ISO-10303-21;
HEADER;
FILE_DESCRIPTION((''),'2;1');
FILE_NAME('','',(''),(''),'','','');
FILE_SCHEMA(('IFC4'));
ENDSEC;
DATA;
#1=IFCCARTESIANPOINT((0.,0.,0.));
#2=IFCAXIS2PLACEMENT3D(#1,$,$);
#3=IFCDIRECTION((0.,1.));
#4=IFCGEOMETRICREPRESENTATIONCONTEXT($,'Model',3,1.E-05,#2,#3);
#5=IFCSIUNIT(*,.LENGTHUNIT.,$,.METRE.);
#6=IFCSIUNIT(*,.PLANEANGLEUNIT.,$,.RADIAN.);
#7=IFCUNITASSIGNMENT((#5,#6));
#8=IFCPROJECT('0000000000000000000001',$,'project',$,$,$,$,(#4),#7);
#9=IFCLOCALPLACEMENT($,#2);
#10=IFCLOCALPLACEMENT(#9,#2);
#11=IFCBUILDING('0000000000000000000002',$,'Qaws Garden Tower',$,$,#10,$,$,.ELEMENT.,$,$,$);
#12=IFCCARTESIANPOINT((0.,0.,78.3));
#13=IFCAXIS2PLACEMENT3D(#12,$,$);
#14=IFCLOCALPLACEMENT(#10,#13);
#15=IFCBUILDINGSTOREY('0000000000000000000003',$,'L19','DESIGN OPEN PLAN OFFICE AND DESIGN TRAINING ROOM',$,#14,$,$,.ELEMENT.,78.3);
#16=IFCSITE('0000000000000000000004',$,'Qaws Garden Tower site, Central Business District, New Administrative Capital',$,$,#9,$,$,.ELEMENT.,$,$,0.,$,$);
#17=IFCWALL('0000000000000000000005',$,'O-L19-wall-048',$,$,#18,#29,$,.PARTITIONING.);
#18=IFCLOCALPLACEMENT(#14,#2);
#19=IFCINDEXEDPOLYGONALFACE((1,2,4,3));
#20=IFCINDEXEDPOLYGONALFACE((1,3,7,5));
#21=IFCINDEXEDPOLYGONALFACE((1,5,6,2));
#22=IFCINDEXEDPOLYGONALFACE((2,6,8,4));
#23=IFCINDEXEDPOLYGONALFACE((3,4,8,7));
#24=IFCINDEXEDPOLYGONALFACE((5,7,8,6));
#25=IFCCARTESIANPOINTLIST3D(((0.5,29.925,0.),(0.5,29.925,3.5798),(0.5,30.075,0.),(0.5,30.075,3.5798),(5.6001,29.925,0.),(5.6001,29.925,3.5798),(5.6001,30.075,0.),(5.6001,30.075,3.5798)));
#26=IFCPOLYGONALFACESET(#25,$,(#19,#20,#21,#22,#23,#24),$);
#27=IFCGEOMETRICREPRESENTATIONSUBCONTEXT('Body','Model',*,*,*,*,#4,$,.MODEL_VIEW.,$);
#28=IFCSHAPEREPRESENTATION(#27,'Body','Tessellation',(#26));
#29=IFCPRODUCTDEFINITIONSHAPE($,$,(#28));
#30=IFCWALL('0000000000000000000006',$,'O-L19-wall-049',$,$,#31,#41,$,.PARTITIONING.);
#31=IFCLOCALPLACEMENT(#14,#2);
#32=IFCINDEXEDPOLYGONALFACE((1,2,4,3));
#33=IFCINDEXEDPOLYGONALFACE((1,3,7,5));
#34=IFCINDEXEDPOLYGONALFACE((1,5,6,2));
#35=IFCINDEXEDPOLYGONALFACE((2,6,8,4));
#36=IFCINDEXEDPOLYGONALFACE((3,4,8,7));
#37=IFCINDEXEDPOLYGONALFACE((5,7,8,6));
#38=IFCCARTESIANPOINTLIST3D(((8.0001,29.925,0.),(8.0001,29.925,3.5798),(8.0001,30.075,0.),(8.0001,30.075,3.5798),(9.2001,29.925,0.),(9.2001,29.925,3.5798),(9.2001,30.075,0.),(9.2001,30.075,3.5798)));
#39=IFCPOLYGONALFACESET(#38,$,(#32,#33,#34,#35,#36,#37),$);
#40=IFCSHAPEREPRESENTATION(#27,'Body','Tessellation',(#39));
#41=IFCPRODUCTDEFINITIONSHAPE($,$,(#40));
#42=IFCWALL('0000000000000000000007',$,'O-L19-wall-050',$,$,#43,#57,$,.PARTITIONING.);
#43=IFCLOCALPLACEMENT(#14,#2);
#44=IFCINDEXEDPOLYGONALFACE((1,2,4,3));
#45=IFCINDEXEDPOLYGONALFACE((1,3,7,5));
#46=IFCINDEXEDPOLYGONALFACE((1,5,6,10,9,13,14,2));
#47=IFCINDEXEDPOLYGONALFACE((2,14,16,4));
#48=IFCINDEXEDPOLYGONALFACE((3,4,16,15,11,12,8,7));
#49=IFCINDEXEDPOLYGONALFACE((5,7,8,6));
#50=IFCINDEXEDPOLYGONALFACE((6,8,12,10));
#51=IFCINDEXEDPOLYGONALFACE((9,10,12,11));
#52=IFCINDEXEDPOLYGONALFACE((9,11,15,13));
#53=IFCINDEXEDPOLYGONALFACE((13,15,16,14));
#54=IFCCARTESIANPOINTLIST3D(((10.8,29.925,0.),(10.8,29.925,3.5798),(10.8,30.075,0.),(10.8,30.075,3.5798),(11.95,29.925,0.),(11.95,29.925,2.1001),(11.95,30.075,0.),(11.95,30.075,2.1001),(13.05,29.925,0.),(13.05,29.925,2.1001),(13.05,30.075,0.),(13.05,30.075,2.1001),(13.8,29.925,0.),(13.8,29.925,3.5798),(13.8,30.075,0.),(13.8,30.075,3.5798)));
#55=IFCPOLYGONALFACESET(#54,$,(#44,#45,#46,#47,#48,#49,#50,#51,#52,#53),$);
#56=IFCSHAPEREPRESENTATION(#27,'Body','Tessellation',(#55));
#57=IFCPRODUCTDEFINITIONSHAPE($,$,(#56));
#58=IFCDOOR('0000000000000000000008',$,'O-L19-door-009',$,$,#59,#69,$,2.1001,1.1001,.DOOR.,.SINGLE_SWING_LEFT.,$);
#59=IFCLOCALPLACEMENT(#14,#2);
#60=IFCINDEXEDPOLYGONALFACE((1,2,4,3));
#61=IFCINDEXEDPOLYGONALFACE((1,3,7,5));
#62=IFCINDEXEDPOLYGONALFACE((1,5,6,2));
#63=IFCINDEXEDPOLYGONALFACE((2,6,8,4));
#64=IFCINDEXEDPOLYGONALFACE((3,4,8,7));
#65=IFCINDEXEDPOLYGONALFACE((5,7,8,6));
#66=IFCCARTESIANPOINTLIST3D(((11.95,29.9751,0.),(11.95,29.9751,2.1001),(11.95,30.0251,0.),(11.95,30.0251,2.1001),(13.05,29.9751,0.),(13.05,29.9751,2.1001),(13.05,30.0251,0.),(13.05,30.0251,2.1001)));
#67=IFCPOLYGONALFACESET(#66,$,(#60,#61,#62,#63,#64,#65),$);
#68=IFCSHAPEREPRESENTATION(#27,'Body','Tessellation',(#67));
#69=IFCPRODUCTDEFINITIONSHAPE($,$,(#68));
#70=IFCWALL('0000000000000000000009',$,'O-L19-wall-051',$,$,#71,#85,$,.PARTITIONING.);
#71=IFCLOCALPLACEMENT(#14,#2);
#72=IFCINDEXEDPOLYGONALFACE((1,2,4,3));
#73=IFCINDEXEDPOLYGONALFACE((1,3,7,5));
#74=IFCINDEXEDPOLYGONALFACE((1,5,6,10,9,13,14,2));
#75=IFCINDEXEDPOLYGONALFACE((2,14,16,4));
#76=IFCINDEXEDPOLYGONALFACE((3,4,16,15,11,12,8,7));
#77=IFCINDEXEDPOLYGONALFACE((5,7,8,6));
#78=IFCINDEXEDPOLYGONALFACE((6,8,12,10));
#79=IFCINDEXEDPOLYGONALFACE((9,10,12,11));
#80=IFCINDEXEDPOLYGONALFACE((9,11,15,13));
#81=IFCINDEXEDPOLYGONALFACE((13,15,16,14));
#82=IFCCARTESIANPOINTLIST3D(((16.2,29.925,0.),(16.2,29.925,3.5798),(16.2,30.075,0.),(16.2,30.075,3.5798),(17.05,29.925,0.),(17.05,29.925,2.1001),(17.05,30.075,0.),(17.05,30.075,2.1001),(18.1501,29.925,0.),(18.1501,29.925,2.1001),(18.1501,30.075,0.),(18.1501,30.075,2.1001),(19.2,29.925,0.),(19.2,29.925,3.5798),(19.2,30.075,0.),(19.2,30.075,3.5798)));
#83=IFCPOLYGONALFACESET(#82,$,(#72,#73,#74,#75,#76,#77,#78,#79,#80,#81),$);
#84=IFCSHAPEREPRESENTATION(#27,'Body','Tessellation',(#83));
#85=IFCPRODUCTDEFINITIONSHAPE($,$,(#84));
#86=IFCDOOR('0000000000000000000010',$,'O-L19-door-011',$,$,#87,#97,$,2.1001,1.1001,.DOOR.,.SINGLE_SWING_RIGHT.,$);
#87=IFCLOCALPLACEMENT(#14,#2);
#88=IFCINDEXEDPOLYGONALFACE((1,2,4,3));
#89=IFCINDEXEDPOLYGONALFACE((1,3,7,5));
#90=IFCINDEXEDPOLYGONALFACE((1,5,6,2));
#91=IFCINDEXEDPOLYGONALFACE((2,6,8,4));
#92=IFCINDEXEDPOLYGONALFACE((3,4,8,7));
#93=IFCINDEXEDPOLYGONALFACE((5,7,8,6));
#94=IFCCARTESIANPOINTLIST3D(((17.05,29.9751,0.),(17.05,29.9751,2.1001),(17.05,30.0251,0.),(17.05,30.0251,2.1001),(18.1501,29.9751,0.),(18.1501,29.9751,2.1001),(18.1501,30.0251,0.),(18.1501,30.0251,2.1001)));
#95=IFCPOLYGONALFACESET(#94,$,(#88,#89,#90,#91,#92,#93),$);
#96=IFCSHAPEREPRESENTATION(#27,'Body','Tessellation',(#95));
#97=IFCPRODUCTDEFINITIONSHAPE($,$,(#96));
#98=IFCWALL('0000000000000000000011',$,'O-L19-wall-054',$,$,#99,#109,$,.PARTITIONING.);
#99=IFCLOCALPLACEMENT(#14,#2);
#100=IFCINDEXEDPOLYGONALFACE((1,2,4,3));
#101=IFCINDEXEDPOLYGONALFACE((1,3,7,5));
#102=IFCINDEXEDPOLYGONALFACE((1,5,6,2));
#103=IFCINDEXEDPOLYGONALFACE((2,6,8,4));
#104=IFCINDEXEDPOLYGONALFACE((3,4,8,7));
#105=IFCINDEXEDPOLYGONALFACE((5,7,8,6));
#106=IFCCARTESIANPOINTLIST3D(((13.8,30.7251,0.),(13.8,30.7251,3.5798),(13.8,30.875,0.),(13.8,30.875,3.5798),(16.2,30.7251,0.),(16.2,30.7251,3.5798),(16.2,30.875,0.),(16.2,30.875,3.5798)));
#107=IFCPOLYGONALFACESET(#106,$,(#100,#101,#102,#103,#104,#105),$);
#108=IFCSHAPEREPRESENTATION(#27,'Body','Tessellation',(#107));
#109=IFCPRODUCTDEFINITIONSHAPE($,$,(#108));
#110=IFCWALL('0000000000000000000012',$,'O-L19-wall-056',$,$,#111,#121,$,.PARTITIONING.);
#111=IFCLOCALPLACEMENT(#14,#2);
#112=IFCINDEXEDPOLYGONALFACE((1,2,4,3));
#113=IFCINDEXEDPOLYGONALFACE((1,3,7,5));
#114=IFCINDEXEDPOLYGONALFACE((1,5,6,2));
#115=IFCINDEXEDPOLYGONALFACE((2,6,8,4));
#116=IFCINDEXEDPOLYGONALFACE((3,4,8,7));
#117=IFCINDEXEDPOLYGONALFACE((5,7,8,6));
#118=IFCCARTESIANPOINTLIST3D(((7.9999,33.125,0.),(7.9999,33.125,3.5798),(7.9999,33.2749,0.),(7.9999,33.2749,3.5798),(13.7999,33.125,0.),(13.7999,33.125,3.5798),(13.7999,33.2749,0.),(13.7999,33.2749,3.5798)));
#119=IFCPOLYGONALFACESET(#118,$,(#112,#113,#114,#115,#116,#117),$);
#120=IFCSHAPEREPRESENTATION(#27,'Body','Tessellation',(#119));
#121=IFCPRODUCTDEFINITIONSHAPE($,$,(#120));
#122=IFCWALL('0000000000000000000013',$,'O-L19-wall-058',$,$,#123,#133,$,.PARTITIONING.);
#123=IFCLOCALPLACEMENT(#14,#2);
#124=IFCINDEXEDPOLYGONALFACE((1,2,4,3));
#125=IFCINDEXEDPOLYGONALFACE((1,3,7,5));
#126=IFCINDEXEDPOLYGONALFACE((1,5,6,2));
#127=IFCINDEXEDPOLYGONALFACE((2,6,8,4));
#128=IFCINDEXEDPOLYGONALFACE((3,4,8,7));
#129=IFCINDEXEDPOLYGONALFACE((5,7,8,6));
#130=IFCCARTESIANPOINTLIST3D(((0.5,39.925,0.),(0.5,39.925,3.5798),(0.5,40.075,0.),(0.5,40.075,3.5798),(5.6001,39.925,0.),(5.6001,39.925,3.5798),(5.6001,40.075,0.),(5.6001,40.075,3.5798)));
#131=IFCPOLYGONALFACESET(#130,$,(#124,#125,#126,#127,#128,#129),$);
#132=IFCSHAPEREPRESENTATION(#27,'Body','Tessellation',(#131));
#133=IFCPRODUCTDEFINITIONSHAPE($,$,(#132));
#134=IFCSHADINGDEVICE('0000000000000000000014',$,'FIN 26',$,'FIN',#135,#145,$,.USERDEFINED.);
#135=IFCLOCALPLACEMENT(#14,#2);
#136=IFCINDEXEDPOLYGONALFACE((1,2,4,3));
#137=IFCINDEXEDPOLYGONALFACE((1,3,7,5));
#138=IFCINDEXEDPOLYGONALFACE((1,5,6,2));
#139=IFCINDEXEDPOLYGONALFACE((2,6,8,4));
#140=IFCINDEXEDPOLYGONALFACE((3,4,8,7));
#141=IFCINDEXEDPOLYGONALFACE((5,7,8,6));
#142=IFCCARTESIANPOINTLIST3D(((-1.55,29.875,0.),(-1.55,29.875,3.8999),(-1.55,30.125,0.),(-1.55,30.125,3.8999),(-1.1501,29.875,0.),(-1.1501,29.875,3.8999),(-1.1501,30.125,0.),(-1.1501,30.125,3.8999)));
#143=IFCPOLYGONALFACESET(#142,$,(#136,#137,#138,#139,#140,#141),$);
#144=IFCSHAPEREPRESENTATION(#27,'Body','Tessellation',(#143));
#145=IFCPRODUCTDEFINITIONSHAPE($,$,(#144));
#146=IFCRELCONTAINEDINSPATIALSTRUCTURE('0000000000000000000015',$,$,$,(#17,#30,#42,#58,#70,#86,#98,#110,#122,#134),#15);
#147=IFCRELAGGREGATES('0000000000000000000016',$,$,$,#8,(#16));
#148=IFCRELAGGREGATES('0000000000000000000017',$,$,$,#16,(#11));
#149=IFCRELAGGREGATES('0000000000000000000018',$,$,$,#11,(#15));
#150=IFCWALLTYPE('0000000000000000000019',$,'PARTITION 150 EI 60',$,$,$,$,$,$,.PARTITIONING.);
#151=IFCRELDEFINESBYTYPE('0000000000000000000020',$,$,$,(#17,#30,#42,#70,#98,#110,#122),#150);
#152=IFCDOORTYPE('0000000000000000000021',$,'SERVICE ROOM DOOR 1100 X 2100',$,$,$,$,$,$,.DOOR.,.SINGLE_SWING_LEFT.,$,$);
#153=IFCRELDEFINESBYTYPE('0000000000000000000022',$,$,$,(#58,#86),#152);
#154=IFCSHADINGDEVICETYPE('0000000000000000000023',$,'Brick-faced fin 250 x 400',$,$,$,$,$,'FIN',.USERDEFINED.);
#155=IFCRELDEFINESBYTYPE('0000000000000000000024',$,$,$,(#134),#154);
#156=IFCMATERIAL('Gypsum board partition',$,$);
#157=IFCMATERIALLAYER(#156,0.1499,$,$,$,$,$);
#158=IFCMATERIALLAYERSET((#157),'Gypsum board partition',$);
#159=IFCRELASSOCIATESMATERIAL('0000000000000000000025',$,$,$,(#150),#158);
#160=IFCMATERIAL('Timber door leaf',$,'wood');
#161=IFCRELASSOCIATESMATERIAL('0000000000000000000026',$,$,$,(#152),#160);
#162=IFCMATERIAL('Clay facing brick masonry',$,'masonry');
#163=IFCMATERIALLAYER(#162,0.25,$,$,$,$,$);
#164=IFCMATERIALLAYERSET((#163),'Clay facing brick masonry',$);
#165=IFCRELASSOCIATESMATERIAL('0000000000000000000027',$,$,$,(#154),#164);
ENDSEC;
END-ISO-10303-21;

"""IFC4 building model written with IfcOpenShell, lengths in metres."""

from ifc_helpers import new_model, si_unit, direction, frame, frame_2d, origin, origin_2d, place, context, subcontext, project, spatial, rectangle, extrude, material, layer, layer_set, type_object, element, fill, save


model = new_model("IFC4")

# Units and contexts
model_context = context("Model", 3, precision=1e-05, world=origin(), true_north=direction((0.0, 1.0)))
body_context = subcontext(model_context, "Body", "Model", "MODEL_VIEW")
ifc_project = project(units=[si_unit("LENGTHUNIT", "METRE"), si_unit("PLANEANGLEUNIT", "RADIAN")], contexts=[model_context])

# Site, building, storey
site_placement = place(None, origin())
site = spatial("IfcSite", under=ifc_project, at=site_placement, Name="Qaws Garden Tower site, Central Business District, New Administrative Capital", CompositionType="ELEMENT", RefElevation=0.0)
building_placement = place(site_placement, origin())
building = spatial("IfcBuilding", under=site, at=building_placement, Name="Qaws Garden Tower", CompositionType="ELEMENT")
storey_placement = place(building_placement, frame((0.0, 0.0, 78.3)))
storey = spatial("IfcBuildingStorey", under=building, at=storey_placement, Name="L19", Description="DESIGN OPEN PLAN OFFICE AND DESIGN TRAINING ROOM", CompositionType="ELEMENT", Elevation=78.3)

# Shared definitions
ifc_material_1 = material(Name="Gypsum board partition")
ifc_layer_1 = layer(ifc_material_1, 0.1499)
ifc_layer_set_1 = layer_set([ifc_layer_1], Name="Gypsum board partition")
wall_type_1 = type_object("IfcWallType", Name="PARTITION 150 EI 60", PredefinedType="PARTITIONING", material=ifc_layer_set_1)

# Walls
wall_1_placement = place(storey_placement, frame((0.5, 30.0, 0.0), z_axis=(0.0, 0.0, 1.0), x_axis=(1.0, 0.0, 0.0)))
element("IfcWall", 1, at=wall_1_placement, inside=storey, type_object=wall_type_1, Name="O-L19-wall-048", PredefinedType="PARTITIONING", context=body_context, shape_type="SweptSolid", body=[
    extrude(rectangle(XDim=5.1001, YDim=0.1499, at=frame_2d((2.55, 0.0))), origin(), (0.0, 0.0, 1.0), 3.5798),
])
wall_2_placement = place(storey_placement, frame((8.0, 30.0, 0.0), z_axis=(0.0, 0.0, 1.0), x_axis=(1.0, 0.0, 0.0)))
element("IfcWall", 2, at=wall_2_placement, inside=storey, type_object=wall_type_1, Name="O-L19-wall-049", PredefinedType="PARTITIONING", context=body_context, shape_type="SweptSolid", body=[
    extrude(rectangle(XDim=1.2, YDim=0.1499, at=frame_2d((0.6001, 0.0))), origin(), (0.0, 0.0, 1.0), 3.5798),
])

# Walls, openings, doors
wall_3_placement = place(storey_placement, frame((10.8, 30.0, 0.0), z_axis=(0.0, 0.0, 1.0), x_axis=(1.0, 0.0, 0.0)))
wall_3 = element("IfcWall", 3, at=wall_3_placement, inside=storey, type_object=wall_type_1, Name="O-L19-wall-050", PredefinedType="PARTITIONING", context=body_context, shape_type="SweptSolid", body=[
    extrude(rectangle(XDim=3.0, YDim=0.1499, at=frame_2d((1.5, 0.0))), origin(), (0.0, 0.0, 1.0), 3.5798),
])
opening_1_placement = place(wall_3_placement, frame((1.1499, 0.0, 0.0)))
opening_1 = element("IfcOpeningElement", 4, at=opening_1_placement, cuts=wall_3, PredefinedType="OPENING", context=body_context, shape_type="SweptSolid", body=[
    extrude(rectangle(XDim=1.1001, YDim=2.1001, at=frame_2d((0.55, 1.05))), frame((0.0, 0.085, 0.0), z_axis=(0.0, -1.0, 0.0), x_axis=(1.0, 0.0, 0.0)), (0.0, 0.0, 1.0), 0.1699),
])
ifc_material_2 = material(Name="Timber door leaf", Category="wood")
door_type_1 = type_object("IfcDoorType", Name="SERVICE ROOM DOOR 1100 X 2100", OperationType="SINGLE_SWING_LEFT", PredefinedType="DOOR", material=ifc_material_2)
door_1_placement = place(opening_1_placement, frame((1.1001, 0.0, 0.0), z_axis=(0.0, 0.0, 1.0), x_axis=(-1.0, 0.0, 0.0)))
door_1 = element("IfcDoor", 5, at=door_1_placement, inside=storey, type_object=door_type_1, Name="O-L19-door-009", OperationType="SINGLE_SWING_LEFT", OverallHeight=2.1001, OverallWidth=1.1001, PredefinedType="DOOR", context=body_context, shape_type="SweptSolid", body=[
    extrude(rectangle(XDim=1.1001, YDim=2.1001, at=frame_2d((0.55, 1.05))), frame((0.0, 0.0249, 0.0), z_axis=(0.0, -1.0, 0.0), x_axis=(1.0, 0.0, 0.0)), (0.0, 0.0, 1.0), 0.05),
])
fill(opening_1, door_1)
wall_4_placement = place(storey_placement, frame((16.2, 30.0, 0.0), z_axis=(0.0, 0.0, 1.0), x_axis=(1.0, 0.0, 0.0)))
wall_4 = element("IfcWall", 6, at=wall_4_placement, inside=storey, type_object=wall_type_1, Name="O-L19-wall-051", PredefinedType="PARTITIONING", context=body_context, shape_type="SweptSolid", body=[
    extrude(rectangle(XDim=3.0, YDim=0.1499, at=frame_2d((1.5, 0.0))), origin(), (0.0, 0.0, 1.0), 3.5798),
])
opening_2_placement = place(wall_4_placement, frame((0.8501, 0.0, 0.0)))
opening_2 = element("IfcOpeningElement", 7, at=opening_2_placement, cuts=wall_4, PredefinedType="OPENING", context=body_context, shape_type="SweptSolid", body=[
    extrude(rectangle(XDim=1.1001, YDim=2.1001, at=frame_2d((0.55, 1.05))), frame((0.0, 0.085, 0.0), z_axis=(0.0, -1.0, 0.0), x_axis=(1.0, 0.0, 0.0)), (0.0, 0.0, 1.0), 0.1699),
])
door_2_placement = place(opening_2_placement, frame((1.1001, 0.0, 0.0), z_axis=(0.0, 0.0, 1.0), x_axis=(-1.0, 0.0, 0.0)))
door_2 = element("IfcDoor", 8, at=door_2_placement, inside=storey, type_object=door_type_1, Name="O-L19-door-011", OperationType="SINGLE_SWING_RIGHT", OverallHeight=2.1001, OverallWidth=1.1001, PredefinedType="DOOR", context=body_context, shape_type="SweptSolid", body=[
    extrude(rectangle(XDim=1.1001, YDim=2.1001, at=frame_2d((0.55, 1.05))), frame((0.0, 0.0249, 0.0), z_axis=(0.0, -1.0, 0.0), x_axis=(1.0, 0.0, 0.0)), (0.0, 0.0, 1.0), 0.05),
])
fill(opening_2, door_2)

# Walls
wall_5_placement = place(storey_placement, frame((13.8, 30.8, 0.0), z_axis=(0.0, 0.0, 1.0), x_axis=(1.0, 0.0, 0.0)))
element("IfcWall", 9, at=wall_5_placement, inside=storey, type_object=wall_type_1, Name="O-L19-wall-054", PredefinedType="PARTITIONING", context=body_context, shape_type="SweptSolid", body=[
    extrude(rectangle(XDim=2.3999, YDim=0.1499, at=frame_2d((1.2, 0.0))), origin(), (0.0, 0.0, 1.0), 3.5798),
])
wall_6_placement = place(storey_placement, frame((8.0, 33.2, 0.0), z_axis=(0.0, 0.0, 1.0), x_axis=(1.0, 0.0, 0.0)))
element("IfcWall", 10, at=wall_6_placement, inside=storey, type_object=wall_type_1, Name="O-L19-wall-056", PredefinedType="PARTITIONING", context=body_context, shape_type="SweptSolid", body=[
    extrude(rectangle(XDim=5.8, YDim=0.1499, at=frame_2d((2.8999, 0.0))), origin(), (0.0, 0.0, 1.0), 3.5798),
])
wall_7_placement = place(storey_placement, frame((0.5, 40.0, 0.0), z_axis=(0.0, 0.0, 1.0), x_axis=(1.0, 0.0, 0.0)))
element("IfcWall", 11, at=wall_7_placement, inside=storey, type_object=wall_type_1, Name="O-L19-wall-058", PredefinedType="PARTITIONING", context=body_context, shape_type="SweptSolid", body=[
    extrude(rectangle(XDim=5.1001, YDim=0.1499, at=frame_2d((2.55, 0.0))), origin(), (0.0, 0.0, 1.0), 3.5798),
])

# Shading device
ifc_material_3 = material(Name="Clay facing brick masonry", Category="masonry")
ifc_layer_2 = layer(ifc_material_3, 0.25)
ifc_layer_set_2 = layer_set([ifc_layer_2], Name="Clay facing brick masonry")
shading_device_type = type_object("IfcShadingDeviceType", Name="Brick-faced fin 250 x 400", ElementType="FIN", PredefinedType="USERDEFINED", material=ifc_layer_set_2)
shading_device_placement = place(storey_placement, frame((-1.3501, 30.0, 0.0), z_axis=(0.0, 0.0, 1.0), x_axis=(0.0, -1.0, 0.0)))
element("IfcShadingDevice", 12, at=shading_device_placement, inside=storey, type_object=shading_device_type, Name="FIN 26", ObjectType="FIN", PredefinedType="USERDEFINED", context=body_context, shape_type="SweptSolid", body=[
    extrude(rectangle(XDim=0.25, YDim=0.3999, at=origin_2d()), origin(), (0.0, 0.0, 1.0), 3.8999),
])

save(model, "model.ifc")
